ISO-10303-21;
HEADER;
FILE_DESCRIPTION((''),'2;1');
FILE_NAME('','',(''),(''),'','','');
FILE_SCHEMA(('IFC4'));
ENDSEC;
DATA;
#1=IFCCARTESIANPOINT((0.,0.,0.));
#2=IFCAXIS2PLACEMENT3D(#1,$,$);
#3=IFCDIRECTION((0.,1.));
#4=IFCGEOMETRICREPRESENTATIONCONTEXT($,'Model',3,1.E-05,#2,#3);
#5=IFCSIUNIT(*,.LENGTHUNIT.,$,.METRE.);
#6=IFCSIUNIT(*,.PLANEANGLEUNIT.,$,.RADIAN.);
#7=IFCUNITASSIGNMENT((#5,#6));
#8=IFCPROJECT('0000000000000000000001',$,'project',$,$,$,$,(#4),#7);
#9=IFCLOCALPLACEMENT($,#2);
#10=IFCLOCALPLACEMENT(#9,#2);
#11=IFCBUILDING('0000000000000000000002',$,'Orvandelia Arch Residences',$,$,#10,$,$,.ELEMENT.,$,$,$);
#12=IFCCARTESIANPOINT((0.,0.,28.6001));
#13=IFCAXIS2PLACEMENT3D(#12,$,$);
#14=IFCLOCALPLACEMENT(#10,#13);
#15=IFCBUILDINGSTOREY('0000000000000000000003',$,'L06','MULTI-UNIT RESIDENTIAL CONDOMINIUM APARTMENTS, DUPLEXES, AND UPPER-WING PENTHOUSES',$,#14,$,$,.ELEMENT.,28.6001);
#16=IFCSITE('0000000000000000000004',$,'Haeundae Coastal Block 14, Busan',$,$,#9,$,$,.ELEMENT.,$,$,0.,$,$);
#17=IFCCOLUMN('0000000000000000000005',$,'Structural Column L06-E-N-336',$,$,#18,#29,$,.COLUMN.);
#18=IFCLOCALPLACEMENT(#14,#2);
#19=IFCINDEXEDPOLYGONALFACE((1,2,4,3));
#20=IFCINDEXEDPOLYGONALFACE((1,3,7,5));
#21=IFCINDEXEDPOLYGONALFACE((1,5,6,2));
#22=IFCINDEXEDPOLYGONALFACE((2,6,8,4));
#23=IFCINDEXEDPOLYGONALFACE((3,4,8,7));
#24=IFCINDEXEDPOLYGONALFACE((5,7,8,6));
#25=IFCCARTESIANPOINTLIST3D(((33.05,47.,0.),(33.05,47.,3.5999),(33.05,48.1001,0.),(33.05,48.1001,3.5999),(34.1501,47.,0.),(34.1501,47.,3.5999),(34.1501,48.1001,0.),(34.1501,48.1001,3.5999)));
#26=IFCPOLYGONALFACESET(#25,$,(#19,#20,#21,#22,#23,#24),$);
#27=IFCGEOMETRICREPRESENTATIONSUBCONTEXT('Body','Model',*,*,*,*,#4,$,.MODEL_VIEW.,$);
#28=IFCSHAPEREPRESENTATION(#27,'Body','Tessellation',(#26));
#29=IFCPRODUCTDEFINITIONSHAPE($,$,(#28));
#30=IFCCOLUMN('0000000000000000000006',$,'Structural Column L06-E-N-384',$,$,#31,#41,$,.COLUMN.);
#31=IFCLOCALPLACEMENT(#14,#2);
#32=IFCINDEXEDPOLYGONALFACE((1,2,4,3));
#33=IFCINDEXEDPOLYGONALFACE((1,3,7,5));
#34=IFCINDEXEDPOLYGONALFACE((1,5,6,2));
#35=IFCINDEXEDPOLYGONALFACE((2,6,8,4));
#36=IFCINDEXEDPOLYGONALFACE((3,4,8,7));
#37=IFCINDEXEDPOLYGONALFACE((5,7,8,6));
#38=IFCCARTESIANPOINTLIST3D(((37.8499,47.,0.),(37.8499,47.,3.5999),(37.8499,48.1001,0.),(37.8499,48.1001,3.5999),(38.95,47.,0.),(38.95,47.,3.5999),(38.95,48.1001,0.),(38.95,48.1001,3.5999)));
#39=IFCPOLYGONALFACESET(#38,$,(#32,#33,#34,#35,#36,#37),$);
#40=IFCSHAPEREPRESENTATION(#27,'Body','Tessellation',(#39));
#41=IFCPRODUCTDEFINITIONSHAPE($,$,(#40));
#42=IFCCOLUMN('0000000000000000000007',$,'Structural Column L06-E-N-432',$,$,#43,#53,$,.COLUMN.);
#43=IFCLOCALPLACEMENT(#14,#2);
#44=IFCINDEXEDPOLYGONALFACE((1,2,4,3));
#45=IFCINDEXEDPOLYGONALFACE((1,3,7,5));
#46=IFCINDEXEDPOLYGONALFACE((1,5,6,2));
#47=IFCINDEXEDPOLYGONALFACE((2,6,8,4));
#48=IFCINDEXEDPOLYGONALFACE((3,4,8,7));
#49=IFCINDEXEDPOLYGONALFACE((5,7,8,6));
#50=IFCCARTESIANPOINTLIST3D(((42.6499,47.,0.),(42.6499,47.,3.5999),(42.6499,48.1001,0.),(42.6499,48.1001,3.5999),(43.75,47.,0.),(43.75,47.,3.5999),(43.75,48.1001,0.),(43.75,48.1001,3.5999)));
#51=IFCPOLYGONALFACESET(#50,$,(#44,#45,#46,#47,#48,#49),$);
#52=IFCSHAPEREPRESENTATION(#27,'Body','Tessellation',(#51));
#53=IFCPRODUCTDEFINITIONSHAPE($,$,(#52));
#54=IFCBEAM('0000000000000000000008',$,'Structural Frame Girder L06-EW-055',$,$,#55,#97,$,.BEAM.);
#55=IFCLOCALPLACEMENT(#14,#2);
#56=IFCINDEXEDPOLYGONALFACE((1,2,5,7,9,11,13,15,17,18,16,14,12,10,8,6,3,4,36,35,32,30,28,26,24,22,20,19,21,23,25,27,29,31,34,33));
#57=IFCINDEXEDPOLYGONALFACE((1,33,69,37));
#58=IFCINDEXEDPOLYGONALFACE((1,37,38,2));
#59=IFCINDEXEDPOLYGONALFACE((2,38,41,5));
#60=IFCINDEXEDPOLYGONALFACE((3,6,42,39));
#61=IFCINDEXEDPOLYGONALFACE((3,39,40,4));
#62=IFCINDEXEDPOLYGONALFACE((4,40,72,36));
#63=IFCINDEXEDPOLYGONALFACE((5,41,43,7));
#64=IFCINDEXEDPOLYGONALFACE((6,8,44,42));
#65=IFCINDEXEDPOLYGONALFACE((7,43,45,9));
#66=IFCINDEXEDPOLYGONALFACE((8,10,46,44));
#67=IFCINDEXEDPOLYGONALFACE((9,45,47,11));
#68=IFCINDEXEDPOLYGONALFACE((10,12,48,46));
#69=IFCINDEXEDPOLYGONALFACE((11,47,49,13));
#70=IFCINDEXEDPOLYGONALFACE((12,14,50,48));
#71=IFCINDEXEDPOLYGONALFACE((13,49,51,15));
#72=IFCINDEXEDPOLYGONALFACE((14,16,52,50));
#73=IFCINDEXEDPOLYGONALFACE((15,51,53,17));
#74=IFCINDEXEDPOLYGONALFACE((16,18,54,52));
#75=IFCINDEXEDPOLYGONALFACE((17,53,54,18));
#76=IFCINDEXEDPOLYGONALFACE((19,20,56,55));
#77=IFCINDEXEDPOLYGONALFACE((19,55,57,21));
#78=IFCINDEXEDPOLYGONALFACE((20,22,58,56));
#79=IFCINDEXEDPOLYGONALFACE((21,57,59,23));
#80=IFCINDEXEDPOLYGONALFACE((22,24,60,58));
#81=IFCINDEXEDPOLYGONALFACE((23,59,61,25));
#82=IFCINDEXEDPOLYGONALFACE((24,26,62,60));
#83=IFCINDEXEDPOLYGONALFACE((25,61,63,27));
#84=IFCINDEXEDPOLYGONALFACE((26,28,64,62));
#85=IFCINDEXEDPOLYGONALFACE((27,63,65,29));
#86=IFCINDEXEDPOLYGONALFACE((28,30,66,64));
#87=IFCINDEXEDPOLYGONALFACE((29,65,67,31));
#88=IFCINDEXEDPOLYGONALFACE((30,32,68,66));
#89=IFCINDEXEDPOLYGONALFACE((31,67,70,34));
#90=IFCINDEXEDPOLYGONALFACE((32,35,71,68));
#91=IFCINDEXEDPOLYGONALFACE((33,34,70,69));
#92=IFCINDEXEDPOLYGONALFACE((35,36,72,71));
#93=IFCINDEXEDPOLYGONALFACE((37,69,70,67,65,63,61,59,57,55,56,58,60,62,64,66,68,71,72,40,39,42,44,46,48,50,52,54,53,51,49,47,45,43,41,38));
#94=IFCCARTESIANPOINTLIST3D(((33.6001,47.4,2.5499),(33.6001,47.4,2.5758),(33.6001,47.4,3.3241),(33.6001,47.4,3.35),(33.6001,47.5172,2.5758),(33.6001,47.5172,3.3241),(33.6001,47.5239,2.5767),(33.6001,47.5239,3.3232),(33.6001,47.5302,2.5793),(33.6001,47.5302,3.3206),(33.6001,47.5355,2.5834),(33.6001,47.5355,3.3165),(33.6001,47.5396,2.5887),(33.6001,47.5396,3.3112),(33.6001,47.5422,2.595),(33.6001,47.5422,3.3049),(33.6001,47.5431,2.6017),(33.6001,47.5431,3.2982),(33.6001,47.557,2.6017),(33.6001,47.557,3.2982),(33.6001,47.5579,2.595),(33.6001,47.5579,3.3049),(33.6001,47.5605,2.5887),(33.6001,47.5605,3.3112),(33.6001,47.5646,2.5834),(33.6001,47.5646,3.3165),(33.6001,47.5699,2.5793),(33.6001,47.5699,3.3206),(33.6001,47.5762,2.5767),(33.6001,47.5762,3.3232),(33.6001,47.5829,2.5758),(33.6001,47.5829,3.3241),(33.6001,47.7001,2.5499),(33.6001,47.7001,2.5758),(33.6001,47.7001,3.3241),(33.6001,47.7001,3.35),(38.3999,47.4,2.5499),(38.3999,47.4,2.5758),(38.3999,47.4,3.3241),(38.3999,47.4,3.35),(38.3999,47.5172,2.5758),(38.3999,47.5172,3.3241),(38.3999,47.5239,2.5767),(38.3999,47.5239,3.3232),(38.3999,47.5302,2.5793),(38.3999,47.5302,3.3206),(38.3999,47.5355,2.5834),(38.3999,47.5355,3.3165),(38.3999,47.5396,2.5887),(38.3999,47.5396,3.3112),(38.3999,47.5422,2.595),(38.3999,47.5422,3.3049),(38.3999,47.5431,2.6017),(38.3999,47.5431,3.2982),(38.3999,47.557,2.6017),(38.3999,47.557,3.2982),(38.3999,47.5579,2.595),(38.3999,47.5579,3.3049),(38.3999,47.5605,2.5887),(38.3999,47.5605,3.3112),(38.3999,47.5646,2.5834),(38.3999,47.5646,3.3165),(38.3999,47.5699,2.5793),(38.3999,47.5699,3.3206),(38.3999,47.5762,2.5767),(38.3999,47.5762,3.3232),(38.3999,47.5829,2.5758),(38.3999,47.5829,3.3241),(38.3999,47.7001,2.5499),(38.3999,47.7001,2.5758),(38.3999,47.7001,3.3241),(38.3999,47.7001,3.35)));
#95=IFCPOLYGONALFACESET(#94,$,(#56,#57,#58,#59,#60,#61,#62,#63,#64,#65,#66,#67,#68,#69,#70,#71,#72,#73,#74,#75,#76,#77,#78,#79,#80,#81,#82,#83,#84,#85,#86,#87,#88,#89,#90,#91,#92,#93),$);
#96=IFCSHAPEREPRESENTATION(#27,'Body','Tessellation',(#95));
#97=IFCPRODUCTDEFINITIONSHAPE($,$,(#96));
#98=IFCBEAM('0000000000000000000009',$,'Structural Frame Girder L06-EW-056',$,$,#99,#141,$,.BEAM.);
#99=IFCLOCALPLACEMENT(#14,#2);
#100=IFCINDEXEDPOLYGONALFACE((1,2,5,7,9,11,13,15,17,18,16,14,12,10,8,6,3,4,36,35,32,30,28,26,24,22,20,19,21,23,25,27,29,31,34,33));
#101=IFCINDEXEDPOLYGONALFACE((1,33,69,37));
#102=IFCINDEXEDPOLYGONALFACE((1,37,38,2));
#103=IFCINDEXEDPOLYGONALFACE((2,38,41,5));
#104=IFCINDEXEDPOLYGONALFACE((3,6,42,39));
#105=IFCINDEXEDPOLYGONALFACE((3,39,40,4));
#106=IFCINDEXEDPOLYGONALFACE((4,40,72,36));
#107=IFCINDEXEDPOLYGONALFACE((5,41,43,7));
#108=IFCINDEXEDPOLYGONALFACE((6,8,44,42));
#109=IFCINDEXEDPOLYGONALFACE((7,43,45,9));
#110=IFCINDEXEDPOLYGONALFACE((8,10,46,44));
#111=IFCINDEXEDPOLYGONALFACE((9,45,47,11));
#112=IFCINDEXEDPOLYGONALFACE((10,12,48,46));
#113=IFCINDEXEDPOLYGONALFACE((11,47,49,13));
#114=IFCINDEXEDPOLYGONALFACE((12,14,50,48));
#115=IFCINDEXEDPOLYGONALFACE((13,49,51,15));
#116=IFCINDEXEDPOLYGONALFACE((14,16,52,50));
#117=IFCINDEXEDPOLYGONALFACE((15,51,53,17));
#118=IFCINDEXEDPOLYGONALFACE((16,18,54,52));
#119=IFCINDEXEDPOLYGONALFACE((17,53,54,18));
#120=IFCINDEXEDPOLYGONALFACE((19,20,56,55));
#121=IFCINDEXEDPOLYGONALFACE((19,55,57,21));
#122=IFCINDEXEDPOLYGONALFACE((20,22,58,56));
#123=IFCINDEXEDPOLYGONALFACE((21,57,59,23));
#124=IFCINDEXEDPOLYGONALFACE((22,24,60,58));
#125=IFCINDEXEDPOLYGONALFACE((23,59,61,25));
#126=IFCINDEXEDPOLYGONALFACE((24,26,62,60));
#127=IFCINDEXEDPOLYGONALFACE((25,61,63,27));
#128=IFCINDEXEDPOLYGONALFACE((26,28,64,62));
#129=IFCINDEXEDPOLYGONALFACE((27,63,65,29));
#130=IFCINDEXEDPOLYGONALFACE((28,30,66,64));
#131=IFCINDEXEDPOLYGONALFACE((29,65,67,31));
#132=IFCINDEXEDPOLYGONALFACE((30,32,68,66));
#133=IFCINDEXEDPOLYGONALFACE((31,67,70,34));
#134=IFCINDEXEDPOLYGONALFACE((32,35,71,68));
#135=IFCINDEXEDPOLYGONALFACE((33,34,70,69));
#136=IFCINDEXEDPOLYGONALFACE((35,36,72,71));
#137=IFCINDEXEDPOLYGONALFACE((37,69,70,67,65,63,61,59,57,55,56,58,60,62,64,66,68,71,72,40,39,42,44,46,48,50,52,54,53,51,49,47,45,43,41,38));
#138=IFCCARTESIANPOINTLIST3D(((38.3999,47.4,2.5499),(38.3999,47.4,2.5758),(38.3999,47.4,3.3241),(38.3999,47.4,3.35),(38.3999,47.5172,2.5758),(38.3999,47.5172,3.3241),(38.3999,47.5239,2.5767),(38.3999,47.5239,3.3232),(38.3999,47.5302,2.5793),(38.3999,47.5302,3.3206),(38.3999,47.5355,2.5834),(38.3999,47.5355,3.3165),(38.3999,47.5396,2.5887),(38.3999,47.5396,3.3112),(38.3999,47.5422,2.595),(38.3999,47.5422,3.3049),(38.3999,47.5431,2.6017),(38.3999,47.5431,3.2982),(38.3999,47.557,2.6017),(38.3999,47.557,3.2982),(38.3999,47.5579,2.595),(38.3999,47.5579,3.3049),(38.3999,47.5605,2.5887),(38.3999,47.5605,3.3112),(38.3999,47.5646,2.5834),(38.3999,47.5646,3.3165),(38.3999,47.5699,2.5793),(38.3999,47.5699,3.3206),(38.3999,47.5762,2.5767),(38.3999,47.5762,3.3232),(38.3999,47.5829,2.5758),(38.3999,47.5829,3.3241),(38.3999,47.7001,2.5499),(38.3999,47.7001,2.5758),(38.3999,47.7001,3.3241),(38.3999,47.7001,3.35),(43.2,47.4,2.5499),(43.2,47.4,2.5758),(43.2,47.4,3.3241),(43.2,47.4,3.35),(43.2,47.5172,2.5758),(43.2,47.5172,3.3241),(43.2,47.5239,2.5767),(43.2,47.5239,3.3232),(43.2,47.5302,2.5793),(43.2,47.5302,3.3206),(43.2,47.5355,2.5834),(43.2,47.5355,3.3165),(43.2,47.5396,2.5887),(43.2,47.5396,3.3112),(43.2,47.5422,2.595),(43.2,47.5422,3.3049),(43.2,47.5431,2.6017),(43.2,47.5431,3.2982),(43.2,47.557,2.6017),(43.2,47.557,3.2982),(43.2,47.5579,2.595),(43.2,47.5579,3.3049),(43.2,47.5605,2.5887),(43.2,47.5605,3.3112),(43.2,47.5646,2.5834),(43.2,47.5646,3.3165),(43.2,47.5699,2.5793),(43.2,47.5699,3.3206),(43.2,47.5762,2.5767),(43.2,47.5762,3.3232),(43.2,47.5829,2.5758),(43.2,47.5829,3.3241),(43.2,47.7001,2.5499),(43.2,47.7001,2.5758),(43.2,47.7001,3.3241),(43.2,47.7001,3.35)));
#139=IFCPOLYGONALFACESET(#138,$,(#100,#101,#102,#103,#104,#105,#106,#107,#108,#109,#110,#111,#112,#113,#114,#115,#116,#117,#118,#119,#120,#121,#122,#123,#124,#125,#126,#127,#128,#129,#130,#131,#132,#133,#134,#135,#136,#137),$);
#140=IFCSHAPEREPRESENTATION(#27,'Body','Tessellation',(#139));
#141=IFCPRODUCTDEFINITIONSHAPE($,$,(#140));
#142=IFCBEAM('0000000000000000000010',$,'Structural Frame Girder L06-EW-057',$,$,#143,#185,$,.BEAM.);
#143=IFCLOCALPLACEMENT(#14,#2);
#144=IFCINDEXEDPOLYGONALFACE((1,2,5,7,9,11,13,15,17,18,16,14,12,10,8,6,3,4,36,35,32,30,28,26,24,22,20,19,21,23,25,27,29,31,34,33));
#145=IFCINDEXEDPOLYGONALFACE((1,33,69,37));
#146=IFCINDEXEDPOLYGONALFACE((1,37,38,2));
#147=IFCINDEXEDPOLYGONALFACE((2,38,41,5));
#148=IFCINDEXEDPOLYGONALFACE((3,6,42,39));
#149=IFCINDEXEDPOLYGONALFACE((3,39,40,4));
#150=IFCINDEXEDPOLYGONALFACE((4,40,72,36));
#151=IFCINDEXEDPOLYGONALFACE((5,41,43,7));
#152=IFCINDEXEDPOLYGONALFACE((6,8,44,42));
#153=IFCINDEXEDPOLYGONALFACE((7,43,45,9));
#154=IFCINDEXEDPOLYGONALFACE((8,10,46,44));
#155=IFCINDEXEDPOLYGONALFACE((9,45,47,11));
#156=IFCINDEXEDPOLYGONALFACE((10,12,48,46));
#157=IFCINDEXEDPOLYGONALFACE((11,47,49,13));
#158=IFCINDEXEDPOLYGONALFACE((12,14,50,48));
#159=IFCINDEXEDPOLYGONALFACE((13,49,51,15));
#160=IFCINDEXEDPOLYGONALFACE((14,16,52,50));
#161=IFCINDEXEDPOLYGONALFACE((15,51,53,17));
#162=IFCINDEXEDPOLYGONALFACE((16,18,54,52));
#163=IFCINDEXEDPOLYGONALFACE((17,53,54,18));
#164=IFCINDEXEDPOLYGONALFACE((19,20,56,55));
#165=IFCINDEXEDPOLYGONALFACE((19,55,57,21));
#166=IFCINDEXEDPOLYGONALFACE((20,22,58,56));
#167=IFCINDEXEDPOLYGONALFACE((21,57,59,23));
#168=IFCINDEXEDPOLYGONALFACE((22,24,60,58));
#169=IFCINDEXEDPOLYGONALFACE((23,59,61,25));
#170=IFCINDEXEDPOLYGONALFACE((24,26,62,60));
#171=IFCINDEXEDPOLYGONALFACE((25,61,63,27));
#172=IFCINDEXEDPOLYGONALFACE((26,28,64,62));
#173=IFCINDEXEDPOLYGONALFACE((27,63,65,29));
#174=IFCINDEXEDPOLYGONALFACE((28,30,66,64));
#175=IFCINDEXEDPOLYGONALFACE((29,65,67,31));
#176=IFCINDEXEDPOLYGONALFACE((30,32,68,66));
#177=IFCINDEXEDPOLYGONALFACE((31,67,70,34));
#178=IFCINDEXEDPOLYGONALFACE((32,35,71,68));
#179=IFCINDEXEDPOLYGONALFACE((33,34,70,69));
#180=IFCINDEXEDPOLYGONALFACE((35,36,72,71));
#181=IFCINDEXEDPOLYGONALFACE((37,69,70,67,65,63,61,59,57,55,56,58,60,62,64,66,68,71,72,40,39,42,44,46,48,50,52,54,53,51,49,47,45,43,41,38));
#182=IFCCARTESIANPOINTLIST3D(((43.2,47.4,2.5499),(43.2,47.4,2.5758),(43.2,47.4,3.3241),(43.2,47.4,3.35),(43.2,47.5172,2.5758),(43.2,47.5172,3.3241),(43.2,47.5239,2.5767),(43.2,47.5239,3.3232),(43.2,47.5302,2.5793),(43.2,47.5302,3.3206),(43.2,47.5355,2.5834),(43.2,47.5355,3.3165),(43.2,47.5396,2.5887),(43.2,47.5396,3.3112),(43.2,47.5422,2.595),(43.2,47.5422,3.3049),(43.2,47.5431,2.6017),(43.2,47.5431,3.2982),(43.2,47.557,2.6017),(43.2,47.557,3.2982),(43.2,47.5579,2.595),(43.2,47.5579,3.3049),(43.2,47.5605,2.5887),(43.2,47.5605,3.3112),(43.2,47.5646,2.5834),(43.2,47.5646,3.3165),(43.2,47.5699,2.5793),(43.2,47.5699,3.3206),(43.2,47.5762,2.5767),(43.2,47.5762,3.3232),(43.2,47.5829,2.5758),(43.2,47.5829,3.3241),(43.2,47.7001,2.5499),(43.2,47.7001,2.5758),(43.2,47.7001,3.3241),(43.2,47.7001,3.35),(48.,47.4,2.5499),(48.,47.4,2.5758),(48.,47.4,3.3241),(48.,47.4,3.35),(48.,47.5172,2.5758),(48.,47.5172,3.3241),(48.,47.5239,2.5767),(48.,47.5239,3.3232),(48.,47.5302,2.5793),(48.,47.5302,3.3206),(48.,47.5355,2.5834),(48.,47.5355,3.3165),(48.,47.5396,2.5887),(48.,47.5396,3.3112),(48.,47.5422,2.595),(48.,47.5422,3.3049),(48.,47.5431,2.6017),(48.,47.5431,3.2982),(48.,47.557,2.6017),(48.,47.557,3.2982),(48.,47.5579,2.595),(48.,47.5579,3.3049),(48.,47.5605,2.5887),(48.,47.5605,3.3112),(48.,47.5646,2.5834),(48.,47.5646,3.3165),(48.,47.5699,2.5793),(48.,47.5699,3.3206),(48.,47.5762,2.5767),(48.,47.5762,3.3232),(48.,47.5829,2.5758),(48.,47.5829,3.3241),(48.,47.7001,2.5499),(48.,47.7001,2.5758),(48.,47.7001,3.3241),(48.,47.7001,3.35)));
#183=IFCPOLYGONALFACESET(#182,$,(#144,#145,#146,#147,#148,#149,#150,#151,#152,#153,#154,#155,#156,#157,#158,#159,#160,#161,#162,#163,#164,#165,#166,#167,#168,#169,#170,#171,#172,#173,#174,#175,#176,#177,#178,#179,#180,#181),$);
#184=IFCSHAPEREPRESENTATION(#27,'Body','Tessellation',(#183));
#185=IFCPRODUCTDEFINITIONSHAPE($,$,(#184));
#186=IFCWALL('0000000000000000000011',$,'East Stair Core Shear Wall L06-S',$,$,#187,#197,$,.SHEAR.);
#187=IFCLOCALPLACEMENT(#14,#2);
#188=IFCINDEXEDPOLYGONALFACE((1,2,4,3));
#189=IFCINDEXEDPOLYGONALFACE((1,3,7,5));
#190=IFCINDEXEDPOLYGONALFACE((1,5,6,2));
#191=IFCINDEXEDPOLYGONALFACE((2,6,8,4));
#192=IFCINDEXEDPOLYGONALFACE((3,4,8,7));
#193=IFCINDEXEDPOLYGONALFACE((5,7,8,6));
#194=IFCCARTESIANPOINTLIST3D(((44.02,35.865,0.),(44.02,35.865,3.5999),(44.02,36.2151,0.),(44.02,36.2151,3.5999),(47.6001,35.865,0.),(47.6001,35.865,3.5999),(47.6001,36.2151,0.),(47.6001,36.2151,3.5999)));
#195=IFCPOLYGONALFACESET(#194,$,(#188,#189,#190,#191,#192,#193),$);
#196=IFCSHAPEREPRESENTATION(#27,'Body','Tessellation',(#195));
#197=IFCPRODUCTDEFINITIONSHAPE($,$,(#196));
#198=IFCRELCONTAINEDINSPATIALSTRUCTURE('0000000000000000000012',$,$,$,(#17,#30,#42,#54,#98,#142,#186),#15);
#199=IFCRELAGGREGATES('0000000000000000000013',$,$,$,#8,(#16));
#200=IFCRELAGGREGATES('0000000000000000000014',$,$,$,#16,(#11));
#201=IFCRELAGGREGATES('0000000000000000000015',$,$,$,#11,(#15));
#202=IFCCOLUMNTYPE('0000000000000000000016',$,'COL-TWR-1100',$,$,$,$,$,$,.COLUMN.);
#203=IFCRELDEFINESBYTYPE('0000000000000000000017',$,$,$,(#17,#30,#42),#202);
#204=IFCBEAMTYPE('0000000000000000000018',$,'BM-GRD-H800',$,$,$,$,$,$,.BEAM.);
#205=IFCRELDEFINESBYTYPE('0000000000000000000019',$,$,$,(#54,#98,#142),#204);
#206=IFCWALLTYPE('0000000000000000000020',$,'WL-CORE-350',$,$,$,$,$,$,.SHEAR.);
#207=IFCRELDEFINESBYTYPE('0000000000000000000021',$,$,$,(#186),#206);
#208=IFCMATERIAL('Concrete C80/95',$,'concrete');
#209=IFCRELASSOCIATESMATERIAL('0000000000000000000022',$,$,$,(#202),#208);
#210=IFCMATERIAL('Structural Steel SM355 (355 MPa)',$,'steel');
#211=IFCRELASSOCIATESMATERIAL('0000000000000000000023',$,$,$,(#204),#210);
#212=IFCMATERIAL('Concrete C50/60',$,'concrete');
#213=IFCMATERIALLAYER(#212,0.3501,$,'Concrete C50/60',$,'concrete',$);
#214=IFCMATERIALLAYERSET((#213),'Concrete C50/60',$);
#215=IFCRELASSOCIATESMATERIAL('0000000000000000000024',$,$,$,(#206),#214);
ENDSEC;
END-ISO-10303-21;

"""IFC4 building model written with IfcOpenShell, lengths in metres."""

from ifc_helpers import new_model, si_unit, direction, frame, frame_2d, origin, origin_2d, place, context, subcontext, project, spatial, rectangle, i_section, extrude, material, layer, layer_set, material_profile, profile_set, type_object, element, save


model = new_model("IFC4")

# Units and contexts
model_context = context("Model", 3, precision=1e-05, world=origin(), true_north=direction((0.0, 1.0)))
body_context = subcontext(model_context, "Body", "Model", "MODEL_VIEW")
ifc_project = project(units=[si_unit("LENGTHUNIT", "METRE"), si_unit("PLANEANGLEUNIT", "RADIAN")], contexts=[model_context])

# Site, building, storey
site_placement = place(None, origin())
site = spatial("IfcSite", under=ifc_project, at=site_placement, Name="Haeundae Coastal Block 14, Busan", CompositionType="ELEMENT", RefElevation=0.0)
building_placement = place(site_placement, origin())
building = spatial("IfcBuilding", under=site, at=building_placement, Name="Orvandelia Arch Residences", CompositionType="ELEMENT")
storey_placement = place(building_placement, frame((0.0, 0.0, 28.6001)))
storey = spatial("IfcBuildingStorey", under=building, at=storey_placement, Name="L06", Description="MULTI-UNIT RESIDENTIAL CONDOMINIUM APARTMENTS, DUPLEXES, AND UPPER-WING PENTHOUSES", CompositionType="ELEMENT", Elevation=28.6001)

# Columns
ifc_material_1 = material(Name="Concrete C80/95", Category="concrete")
ifc_material_profile_1 = material_profile(ifc_material_1, rectangle(XDim=1.1001, YDim=1.1001, at=origin_2d()), Name="Concrete C80/95", Category="concrete")
ifc_profile_set_1 = profile_set([ifc_material_profile_1], Name="Concrete C80/95")
column_type = type_object("IfcColumnType", Name="COL-TWR-1100", PredefinedType="COLUMN", material=ifc_profile_set_1)
for number, where, z_axis, x_axis, name in (
    (1, (33.6001, 47.55, 0.0), (0.0, 0.0, 1.0), (1.0, 0.0, 0.0), "Structural Column L06-E-N-336"),
    (2, (38.3999, 47.55, 0.0), (0.0, 0.0, 1.0), (1.0, 0.0, 0.0), "Structural Column L06-E-N-384"),
    (3, (43.2, 47.55, 0.0), (0.0, 0.0, 1.0), (1.0, 0.0, 0.0), "Structural Column L06-E-N-432"),
):
    element("IfcColumn", number, at=place(storey_placement, frame(where, z_axis=z_axis, x_axis=x_axis)), inside=storey, type_object=column_type, Name=name, PredefinedType="COLUMN", context=body_context, shape_type="SweptSolid", body=[
        extrude(rectangle(XDim=1.1001, YDim=1.1001, at=origin_2d()), origin(), (0.0, 0.0, 1.0), 3.5999),
    ])

# Beams
ifc_material_2 = material(Name="Structural Steel SM355 (355 MPa)", Category="steel")
ifc_material_profile_2 = material_profile(ifc_material_2, i_section(OverallWidth=0.3, OverallDepth=0.8, WebThickness=0.0139, FlangeThickness=0.0259, FilletRadius=0.0259, at=origin_2d()), Name="Structural Steel SM355 (355 MPa)", Category="steel")
ifc_profile_set_2 = profile_set([ifc_material_profile_2], Name="Structural Steel SM355 (355 MPa)")
beam_type = type_object("IfcBeamType", Name="BM-GRD-H800", PredefinedType="BEAM", material=ifc_profile_set_2)
beam_placement = place(storey_placement, frame((33.6001, 47.55, 2.95), z_axis=(1.0, 0.0, 0.0), x_axis=(0.0, 1.0, 0.0)))
element("IfcBeam", 4, at=beam_placement, inside=storey, type_object=beam_type, Name="Structural Frame Girder L06-EW-055", PredefinedType="BEAM", context=body_context, shape_type="SweptSolid", body=[
    extrude(i_section(OverallWidth=0.3, OverallDepth=0.8, WebThickness=0.0139, FlangeThickness=0.0259, FilletRadius=0.0259, at=origin_2d()), origin(), (0.0, 0.0, 1.0), 4.7998),
])
for number, where, z_axis, x_axis, name in (
    (5, (38.3999, 47.55, 2.95), (1.0, 0.0, 0.0), (0.0, 1.0, 0.0), "Structural Frame Girder L06-EW-056"),
    (6, (43.2, 47.55, 2.95), (1.0, 0.0, 0.0), (0.0, 1.0, 0.0), "Structural Frame Girder L06-EW-057"),
):
    element("IfcBeam", number, at=place(storey_placement, frame(where, z_axis=z_axis, x_axis=x_axis)), inside=storey, type_object=beam_type, Name=name, PredefinedType="BEAM", context=body_context, shape_type="SweptSolid", body=[
        extrude(i_section(OverallWidth=0.3, OverallDepth=0.8, WebThickness=0.0139, FlangeThickness=0.0259, FilletRadius=0.0259, at=origin_2d()), origin(), (0.0, 0.0, 1.0), 4.8),
    ])

# Wall
ifc_material_3 = material(Name="Concrete C50/60", Category="concrete")
ifc_layer_1 = layer(ifc_material_3, 0.3501, Name="Concrete C50/60", Category="concrete")
ifc_layer_set_1 = layer_set([ifc_layer_1], Name="Concrete C50/60")
wall_type_1 = type_object("IfcWallType", Name="WL-CORE-350", PredefinedType="SHEAR", material=ifc_layer_set_1)
for number, where, z_axis, x_axis, name in (
    (7, (44.02, 36.04, 0.0), (0.0, 0.0, 1.0), (1.0, 0.0, 0.0), "East Stair Core Shear Wall L06-S"),
):
    element("IfcWall", number, at=place(storey_placement, frame(where, z_axis=z_axis, x_axis=x_axis)), inside=storey, type_object=wall_type_1, Name=name, PredefinedType="SHEAR", context=body_context, shape_type="SweptSolid", body=[
        extrude(rectangle(XDim=3.5801, YDim=0.3501, at=frame_2d((1.79, 0.0))), origin(), (0.0, 0.0, 1.0), 3.5999),
    ])

save(model, "model.ifc")
